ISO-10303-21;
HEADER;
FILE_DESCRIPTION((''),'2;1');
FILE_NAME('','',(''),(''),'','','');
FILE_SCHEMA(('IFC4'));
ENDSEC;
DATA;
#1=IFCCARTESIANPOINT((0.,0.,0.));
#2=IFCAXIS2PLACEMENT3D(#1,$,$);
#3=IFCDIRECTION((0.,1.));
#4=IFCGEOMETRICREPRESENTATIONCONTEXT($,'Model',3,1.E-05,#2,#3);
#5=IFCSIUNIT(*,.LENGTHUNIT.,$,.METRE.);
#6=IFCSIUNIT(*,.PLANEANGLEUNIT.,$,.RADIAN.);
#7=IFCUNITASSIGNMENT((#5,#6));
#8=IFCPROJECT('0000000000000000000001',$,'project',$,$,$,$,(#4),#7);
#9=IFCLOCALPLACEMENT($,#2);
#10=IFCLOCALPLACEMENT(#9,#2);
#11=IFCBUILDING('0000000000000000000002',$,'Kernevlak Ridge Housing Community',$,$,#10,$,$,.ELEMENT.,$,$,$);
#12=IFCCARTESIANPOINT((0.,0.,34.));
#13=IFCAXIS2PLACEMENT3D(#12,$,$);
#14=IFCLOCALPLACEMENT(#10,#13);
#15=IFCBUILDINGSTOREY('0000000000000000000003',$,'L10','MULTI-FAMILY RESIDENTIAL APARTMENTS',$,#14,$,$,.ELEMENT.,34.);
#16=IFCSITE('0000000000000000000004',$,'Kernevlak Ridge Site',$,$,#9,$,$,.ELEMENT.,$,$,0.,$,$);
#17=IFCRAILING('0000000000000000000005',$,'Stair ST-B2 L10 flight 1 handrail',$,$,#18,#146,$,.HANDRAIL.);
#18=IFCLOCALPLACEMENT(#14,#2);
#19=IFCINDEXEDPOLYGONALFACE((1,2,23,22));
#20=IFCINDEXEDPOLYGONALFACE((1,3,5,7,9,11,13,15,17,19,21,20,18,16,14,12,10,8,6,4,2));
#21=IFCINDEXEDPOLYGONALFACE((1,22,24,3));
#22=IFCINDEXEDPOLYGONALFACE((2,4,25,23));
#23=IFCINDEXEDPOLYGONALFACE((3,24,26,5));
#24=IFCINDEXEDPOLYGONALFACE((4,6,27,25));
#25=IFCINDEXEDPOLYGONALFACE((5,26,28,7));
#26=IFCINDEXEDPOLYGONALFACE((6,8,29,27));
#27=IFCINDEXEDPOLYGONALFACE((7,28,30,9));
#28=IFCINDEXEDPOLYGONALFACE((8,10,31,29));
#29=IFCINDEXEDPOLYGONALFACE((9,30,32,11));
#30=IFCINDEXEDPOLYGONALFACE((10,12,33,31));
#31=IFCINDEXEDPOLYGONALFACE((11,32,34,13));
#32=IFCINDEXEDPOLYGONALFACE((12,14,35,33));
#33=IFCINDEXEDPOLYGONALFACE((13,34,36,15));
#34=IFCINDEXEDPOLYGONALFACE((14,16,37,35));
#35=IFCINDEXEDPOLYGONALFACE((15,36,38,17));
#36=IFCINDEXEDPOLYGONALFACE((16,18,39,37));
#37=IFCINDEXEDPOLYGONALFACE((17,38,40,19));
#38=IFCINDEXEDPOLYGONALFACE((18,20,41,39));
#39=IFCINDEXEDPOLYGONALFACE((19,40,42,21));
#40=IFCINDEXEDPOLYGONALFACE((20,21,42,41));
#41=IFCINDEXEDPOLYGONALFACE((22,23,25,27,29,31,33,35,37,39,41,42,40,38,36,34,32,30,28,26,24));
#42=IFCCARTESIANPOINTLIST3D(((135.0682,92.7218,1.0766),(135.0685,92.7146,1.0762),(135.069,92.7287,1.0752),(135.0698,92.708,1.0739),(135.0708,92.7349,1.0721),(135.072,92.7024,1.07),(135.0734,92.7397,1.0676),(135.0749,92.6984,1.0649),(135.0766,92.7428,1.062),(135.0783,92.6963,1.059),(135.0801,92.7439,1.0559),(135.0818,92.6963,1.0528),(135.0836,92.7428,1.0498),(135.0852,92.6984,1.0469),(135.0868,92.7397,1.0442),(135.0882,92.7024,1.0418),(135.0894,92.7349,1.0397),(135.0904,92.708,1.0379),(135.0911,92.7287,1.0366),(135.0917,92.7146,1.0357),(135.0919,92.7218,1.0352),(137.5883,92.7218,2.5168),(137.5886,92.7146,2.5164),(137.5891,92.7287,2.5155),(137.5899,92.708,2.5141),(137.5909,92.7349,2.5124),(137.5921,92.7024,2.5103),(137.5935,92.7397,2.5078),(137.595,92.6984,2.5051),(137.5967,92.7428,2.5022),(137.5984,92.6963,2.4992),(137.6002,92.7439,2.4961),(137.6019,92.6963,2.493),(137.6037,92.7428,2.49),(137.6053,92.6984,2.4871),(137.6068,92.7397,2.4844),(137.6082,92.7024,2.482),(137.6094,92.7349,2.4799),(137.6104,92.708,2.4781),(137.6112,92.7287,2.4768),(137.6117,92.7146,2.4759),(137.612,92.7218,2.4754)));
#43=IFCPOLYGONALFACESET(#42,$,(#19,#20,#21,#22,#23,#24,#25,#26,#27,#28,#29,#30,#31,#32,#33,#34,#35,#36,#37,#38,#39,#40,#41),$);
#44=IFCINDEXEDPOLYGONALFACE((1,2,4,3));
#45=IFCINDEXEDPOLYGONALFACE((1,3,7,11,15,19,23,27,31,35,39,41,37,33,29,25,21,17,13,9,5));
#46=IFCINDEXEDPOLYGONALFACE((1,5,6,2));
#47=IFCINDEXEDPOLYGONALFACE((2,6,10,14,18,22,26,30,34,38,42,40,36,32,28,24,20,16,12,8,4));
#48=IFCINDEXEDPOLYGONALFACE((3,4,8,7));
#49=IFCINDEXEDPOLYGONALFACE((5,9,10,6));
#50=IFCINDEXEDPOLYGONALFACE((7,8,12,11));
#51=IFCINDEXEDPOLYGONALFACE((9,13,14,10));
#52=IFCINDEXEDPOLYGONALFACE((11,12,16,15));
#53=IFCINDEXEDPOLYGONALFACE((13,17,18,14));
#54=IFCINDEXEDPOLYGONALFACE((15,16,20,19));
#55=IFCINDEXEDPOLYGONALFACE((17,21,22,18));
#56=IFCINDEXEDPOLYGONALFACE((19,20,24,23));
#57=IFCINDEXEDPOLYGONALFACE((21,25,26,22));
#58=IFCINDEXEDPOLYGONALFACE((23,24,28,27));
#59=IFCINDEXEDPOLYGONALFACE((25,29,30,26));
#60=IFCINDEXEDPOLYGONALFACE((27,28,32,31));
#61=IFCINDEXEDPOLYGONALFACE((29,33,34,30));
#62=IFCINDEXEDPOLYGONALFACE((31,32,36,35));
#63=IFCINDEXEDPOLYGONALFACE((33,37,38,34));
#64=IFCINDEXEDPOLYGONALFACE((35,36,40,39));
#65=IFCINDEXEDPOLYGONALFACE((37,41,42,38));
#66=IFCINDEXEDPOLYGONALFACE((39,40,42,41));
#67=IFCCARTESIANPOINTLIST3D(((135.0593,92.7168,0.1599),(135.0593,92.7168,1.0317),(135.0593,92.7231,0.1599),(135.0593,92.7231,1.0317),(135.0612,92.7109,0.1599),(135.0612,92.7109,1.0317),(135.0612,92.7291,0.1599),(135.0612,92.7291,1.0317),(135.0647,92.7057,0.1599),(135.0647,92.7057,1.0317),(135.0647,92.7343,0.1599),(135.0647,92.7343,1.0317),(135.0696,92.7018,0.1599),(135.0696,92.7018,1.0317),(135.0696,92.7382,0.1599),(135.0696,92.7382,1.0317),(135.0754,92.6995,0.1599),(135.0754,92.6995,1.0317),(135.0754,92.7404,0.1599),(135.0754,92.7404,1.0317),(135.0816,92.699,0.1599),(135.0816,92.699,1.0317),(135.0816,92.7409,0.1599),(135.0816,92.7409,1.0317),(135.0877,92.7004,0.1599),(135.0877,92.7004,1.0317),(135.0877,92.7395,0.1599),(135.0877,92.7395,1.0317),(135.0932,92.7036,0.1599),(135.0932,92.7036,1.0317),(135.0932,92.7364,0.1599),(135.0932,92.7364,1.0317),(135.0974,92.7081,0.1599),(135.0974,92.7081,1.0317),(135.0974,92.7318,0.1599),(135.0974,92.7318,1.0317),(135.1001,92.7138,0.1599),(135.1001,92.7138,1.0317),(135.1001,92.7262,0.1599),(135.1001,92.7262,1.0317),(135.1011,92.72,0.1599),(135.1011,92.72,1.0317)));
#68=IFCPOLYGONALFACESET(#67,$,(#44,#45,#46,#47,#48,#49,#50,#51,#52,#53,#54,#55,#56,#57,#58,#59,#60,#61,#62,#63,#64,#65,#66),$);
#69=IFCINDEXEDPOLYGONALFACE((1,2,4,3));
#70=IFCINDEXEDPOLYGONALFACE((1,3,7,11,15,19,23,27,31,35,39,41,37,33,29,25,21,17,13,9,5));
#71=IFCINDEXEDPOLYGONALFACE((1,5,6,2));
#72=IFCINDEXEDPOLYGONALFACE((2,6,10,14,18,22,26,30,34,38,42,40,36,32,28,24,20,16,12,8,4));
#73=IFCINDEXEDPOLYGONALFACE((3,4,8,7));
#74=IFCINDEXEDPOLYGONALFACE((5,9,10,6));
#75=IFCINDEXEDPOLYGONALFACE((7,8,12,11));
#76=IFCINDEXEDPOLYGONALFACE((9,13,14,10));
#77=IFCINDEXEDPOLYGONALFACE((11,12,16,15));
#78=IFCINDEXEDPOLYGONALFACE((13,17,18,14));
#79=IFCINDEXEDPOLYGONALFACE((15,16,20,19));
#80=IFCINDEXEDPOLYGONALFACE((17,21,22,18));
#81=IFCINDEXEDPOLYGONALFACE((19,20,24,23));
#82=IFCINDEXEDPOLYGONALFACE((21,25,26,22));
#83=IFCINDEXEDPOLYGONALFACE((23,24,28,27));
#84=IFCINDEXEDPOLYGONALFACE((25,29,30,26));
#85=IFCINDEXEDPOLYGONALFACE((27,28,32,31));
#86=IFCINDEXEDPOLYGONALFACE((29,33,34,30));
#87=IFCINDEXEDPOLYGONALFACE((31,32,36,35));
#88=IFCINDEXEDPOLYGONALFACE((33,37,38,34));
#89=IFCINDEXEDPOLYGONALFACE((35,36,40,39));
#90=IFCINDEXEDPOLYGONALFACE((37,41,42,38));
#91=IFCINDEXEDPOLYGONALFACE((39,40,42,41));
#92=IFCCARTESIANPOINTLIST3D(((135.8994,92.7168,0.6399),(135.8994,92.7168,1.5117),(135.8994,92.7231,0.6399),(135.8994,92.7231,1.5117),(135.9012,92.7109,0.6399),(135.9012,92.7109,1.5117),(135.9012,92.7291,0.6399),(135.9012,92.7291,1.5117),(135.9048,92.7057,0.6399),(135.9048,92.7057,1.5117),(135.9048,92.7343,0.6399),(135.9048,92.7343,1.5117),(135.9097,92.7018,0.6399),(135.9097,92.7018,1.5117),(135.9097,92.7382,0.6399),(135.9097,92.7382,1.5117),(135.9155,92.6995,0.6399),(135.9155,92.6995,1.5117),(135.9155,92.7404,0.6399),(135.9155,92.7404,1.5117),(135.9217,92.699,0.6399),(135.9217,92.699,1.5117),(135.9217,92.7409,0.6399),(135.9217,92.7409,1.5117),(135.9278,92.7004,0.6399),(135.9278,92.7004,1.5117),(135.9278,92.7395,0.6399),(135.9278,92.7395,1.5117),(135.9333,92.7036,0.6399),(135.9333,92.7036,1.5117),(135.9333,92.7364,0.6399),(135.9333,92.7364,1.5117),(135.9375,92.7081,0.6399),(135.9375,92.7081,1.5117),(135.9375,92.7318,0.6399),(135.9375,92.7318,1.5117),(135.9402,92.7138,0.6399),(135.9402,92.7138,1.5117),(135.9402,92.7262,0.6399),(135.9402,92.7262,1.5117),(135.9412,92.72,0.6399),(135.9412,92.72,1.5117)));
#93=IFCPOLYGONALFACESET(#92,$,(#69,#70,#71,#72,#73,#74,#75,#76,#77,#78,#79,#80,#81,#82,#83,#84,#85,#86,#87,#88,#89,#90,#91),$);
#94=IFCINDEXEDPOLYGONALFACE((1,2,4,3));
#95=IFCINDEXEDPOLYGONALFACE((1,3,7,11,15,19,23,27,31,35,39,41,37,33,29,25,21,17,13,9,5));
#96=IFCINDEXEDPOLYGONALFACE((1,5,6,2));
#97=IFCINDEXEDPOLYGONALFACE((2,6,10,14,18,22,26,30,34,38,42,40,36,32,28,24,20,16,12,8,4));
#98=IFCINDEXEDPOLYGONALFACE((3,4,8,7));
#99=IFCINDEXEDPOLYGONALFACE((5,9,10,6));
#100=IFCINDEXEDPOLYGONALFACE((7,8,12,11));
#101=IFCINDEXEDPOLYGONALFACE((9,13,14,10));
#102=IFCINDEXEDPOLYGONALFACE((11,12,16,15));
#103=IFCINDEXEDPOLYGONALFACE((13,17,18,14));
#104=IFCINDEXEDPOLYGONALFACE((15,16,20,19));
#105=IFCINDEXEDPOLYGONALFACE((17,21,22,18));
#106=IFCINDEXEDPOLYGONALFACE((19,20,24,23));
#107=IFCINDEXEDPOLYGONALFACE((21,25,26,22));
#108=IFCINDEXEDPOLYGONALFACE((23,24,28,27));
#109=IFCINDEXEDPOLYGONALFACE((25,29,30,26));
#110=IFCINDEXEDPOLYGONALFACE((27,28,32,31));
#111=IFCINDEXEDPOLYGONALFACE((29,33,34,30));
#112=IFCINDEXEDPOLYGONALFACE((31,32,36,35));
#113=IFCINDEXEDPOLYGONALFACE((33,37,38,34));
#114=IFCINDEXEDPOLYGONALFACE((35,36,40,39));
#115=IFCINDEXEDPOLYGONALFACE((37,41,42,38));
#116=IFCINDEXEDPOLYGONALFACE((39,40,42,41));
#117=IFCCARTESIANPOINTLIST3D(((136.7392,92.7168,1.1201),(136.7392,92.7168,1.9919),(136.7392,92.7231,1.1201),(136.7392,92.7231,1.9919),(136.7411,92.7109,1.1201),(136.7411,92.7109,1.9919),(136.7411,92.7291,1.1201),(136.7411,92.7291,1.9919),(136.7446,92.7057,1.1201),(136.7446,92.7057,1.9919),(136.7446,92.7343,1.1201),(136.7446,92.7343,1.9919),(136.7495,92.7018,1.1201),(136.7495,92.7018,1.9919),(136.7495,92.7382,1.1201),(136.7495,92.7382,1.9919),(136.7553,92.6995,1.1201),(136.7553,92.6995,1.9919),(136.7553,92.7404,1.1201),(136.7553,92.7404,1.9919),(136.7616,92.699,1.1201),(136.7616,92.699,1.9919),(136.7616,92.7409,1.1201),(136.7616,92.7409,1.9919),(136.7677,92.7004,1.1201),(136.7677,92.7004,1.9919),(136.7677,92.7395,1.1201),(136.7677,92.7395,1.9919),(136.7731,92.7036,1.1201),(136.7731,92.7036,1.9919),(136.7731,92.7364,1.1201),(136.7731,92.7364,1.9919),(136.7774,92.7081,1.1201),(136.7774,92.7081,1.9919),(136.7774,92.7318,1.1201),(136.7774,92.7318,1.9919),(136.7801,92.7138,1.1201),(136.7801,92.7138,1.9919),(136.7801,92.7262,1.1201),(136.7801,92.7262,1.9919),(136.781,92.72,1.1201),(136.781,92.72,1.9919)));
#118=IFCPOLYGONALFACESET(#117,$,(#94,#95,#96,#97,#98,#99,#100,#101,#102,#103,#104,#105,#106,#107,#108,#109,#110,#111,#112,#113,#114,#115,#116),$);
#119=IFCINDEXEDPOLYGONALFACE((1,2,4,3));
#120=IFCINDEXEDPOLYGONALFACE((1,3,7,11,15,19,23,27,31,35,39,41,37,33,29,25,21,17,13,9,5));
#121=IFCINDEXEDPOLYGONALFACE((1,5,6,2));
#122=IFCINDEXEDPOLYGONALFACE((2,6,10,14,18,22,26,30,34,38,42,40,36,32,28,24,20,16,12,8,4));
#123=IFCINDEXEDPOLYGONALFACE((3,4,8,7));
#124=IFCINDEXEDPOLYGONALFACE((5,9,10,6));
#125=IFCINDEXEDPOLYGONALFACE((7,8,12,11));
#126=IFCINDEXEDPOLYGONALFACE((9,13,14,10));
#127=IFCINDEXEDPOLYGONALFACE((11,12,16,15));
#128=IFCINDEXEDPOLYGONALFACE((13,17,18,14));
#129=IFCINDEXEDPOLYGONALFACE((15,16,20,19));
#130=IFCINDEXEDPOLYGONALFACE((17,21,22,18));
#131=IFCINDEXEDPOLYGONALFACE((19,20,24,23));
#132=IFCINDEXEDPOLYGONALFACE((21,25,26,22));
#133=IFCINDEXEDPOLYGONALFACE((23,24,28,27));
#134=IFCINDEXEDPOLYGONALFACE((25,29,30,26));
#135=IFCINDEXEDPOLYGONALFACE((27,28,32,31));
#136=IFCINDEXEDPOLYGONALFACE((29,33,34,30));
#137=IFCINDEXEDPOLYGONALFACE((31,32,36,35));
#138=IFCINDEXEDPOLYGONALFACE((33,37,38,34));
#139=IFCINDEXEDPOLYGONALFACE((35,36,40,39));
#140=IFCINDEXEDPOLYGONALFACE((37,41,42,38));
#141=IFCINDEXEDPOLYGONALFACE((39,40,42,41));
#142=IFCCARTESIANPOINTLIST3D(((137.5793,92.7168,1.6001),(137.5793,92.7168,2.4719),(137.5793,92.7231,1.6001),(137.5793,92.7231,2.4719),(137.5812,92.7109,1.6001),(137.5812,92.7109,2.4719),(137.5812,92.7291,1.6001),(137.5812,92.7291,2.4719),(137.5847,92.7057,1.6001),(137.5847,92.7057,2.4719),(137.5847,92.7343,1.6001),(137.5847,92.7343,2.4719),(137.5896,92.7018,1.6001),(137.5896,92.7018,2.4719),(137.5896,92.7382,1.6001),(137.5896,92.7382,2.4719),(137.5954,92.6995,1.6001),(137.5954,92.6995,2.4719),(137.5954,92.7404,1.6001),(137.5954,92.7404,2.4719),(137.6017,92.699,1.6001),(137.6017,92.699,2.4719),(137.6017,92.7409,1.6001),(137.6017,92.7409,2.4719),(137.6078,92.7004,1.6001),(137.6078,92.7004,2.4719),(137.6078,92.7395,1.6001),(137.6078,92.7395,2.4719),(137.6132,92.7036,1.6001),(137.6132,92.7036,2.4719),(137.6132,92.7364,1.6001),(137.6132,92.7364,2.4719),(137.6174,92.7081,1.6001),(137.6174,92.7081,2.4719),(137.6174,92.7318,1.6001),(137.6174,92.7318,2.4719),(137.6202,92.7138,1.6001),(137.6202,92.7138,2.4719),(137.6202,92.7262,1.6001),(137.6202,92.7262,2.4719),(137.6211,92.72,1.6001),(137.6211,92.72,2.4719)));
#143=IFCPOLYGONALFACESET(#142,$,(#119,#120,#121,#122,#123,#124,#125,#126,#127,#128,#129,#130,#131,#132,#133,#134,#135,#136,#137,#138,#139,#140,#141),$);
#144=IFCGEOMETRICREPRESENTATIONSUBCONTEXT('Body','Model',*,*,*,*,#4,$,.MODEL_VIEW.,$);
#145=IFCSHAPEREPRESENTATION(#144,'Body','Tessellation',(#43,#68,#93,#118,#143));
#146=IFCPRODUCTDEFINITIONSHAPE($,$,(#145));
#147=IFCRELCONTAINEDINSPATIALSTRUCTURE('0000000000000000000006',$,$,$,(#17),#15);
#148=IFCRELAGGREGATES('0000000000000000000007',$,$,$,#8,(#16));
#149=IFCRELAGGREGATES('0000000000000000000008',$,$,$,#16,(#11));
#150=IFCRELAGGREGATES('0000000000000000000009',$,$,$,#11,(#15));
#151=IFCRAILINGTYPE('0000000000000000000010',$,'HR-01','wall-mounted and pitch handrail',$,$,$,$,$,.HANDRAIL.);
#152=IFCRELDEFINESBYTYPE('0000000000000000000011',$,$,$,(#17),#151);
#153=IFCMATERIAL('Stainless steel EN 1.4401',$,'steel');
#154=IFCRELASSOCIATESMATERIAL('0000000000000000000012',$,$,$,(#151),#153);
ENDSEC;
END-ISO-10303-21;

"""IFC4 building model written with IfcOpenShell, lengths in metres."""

from ifc_helpers import new_model, si_unit, direction, frame, origin, origin_2d, place, context, subcontext, project, spatial, circle, extrude, material, type_object, element, save


model = new_model("IFC4")

# Units and contexts
model_context = context("Model", 3, precision=1e-05, world=origin(), true_north=direction((0.0, 1.0)))
body_context = subcontext(model_context, "Body", "Model", "MODEL_VIEW")
ifc_project = project(units=[si_unit("LENGTHUNIT", "METRE"), si_unit("PLANEANGLEUNIT", "RADIAN")], contexts=[model_context])

# Site, building, storey
site_placement = place(None, origin())
site = spatial("IfcSite", under=ifc_project, at=site_placement, Name="Kernevlak Ridge Site", CompositionType="ELEMENT", RefElevation=0.0)
building_placement = place(site_placement, origin())
building = spatial("IfcBuilding", under=site, at=building_placement, Name="Kernevlak Ridge Housing Community", CompositionType="ELEMENT")
storey_placement = place(building_placement, frame((0.0, 0.0, 34.0)))
storey = spatial("IfcBuildingStorey", under=building, at=storey_placement, Name="L10", Description="MULTI-FAMILY RESIDENTIAL APARTMENTS", CompositionType="ELEMENT", Elevation=34.0)

# Railing
ifc_material_1 = material(Name="Stainless steel EN 1.4401", Category="steel")
railing_type_1 = type_object("IfcRailingType", Name="HR-01", Description="wall-mounted and pitch handrail", PredefinedType="HANDRAIL", material=ifc_material_1)
railing_1_placement = place(storey_placement, frame((135.0801, 92.72, 0.1599)))
element("IfcRailing", 1, at=railing_1_placement, inside=storey, type_object=railing_type_1, Name="Stair ST-B2 L10 flight 1 handrail", PredefinedType="HANDRAIL", context=body_context, shape_type="SweptSolid", body=[
    extrude(circle(Radius=0.0239, at=origin_2d()), frame((0.0, 0.0, 0.896), z_axis=(0.868217, 0.0, 0.496184), x_axis=(0.0, 1.0, 0.0)), (0.0, 0.0, 1.0), 2.9026),
    extrude(circle(Radius=0.021, at=origin_2d()), origin(), (0.0, 0.0, 1.0), 0.8718),
    extrude(circle(Radius=0.021, at=origin_2d()), frame((0.8401, 0.0, 0.48)), (0.0, 0.0, 1.0), 0.8718),
    extrude(circle(Radius=0.021, at=origin_2d()), frame((1.6799, 0.0, 0.9602)), (0.0, 0.0, 1.0), 0.8718),
    extrude(circle(Radius=0.021, at=origin_2d()), frame((2.52, 0.0, 1.4402)), (0.0, 0.0, 1.0), 0.8718),
])

save(model, "model.ifc")
